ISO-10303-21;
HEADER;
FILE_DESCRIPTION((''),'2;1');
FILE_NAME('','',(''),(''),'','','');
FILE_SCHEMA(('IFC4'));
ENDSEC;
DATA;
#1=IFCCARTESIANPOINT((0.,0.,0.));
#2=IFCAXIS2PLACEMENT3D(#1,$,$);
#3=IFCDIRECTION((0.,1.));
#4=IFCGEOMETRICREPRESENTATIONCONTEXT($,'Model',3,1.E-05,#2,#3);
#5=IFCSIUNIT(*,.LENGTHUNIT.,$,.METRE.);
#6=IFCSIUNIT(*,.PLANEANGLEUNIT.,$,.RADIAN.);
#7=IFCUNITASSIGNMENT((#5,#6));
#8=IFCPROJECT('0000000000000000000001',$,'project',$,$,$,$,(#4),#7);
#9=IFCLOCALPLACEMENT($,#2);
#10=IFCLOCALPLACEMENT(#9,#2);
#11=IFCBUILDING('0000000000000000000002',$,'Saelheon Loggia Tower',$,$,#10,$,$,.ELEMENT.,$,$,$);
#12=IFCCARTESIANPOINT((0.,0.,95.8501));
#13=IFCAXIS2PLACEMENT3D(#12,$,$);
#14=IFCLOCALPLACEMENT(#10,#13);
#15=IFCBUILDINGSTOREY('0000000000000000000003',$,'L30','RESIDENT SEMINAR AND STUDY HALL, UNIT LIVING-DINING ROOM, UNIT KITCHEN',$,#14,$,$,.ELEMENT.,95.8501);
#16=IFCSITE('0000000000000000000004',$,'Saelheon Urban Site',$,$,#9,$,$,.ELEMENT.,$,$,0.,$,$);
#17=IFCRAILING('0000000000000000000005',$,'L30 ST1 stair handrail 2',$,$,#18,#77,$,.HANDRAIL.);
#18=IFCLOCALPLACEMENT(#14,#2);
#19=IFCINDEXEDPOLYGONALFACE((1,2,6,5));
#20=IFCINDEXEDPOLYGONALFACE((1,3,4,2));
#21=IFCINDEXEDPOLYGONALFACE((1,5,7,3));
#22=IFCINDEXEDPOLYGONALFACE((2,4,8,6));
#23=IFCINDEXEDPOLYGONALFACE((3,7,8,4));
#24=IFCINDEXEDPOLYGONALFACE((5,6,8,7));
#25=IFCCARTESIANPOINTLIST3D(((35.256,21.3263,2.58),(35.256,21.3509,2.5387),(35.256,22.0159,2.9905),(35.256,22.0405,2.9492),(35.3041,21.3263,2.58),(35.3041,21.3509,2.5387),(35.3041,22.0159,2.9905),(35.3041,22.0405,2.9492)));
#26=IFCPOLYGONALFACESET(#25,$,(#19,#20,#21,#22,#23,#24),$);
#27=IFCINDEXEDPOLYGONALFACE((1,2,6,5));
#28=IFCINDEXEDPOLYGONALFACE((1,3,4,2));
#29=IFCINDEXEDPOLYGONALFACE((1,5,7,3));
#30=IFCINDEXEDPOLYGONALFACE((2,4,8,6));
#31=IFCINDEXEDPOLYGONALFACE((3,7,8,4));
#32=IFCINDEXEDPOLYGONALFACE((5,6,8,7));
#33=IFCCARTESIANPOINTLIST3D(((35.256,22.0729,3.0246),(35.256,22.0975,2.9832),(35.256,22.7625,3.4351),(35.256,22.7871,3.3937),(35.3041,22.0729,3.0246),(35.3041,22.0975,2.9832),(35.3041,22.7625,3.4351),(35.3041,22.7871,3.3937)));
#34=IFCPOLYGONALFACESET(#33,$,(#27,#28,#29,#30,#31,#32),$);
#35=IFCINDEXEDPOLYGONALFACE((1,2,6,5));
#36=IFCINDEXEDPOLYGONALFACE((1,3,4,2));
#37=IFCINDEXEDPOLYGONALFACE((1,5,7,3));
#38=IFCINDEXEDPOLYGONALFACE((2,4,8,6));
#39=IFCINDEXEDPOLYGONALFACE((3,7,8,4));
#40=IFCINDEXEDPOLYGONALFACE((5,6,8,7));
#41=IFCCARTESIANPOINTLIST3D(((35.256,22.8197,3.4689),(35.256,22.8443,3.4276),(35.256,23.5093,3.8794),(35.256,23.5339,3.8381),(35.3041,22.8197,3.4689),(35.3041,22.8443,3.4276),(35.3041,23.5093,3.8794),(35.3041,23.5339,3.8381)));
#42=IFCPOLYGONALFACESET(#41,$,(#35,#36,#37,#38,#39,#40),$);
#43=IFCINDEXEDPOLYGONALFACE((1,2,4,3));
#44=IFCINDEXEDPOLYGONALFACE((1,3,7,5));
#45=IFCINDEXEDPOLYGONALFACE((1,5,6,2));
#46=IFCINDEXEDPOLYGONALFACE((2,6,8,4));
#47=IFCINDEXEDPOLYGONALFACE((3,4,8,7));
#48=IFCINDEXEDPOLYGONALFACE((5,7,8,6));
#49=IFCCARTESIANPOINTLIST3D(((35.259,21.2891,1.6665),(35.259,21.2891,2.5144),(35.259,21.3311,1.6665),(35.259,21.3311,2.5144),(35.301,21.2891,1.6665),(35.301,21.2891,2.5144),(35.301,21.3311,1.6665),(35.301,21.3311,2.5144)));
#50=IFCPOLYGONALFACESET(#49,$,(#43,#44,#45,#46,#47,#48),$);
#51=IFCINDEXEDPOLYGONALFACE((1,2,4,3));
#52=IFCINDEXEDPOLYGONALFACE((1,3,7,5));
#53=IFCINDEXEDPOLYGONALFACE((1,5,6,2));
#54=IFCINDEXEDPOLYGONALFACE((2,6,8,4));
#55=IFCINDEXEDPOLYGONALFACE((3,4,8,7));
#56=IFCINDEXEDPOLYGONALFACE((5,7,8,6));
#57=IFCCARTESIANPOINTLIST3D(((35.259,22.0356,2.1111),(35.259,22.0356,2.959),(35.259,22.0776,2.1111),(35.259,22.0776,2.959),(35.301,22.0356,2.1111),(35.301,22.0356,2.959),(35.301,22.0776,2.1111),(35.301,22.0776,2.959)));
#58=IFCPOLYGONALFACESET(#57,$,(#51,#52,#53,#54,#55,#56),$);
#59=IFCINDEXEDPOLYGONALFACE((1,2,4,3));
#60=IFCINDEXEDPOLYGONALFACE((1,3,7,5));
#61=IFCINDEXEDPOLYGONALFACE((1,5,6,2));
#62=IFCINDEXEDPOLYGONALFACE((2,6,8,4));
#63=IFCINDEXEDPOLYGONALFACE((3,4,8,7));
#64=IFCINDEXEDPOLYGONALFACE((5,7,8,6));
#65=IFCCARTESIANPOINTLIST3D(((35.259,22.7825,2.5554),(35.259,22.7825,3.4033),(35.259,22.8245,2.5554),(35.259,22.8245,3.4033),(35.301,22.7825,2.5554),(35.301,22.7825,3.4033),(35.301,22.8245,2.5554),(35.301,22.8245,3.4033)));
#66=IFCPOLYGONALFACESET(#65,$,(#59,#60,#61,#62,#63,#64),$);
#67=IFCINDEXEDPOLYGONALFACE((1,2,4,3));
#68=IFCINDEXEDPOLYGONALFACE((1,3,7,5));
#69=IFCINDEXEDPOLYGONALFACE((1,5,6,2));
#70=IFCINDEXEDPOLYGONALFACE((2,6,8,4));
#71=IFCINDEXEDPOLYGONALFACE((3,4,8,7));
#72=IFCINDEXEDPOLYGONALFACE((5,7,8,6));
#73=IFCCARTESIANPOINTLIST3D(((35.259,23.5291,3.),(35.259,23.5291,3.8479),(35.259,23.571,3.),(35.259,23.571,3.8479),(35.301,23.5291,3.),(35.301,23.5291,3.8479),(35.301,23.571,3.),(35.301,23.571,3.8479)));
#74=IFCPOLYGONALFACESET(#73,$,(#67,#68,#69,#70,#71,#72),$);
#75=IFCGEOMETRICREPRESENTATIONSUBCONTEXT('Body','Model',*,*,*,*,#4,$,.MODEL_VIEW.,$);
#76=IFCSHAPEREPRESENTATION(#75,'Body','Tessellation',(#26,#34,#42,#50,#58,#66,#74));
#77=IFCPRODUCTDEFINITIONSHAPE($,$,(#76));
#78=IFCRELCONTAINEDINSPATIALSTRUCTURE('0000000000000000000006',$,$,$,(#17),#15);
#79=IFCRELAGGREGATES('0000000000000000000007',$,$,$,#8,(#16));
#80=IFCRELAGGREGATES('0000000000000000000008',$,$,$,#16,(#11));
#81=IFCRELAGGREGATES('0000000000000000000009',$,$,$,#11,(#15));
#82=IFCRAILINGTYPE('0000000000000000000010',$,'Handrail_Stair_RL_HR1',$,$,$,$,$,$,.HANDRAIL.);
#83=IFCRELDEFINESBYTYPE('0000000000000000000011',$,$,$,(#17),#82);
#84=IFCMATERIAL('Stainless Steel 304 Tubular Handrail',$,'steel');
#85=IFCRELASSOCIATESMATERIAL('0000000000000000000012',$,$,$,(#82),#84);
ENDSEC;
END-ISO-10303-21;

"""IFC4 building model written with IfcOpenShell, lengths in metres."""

from ifc_helpers import new_model, si_unit, direction, frame, origin, origin_2d, place, context, subcontext, project, spatial, rectangle, extrude, material, type_object, element, save


model = new_model("IFC4")

# Units and contexts
model_context = context("Model", 3, precision=1e-05, world=origin(), true_north=direction((0.0, 1.0)))
body_context = subcontext(model_context, "Body", "Model", "MODEL_VIEW")
ifc_project = project(units=[si_unit("LENGTHUNIT", "METRE"), si_unit("PLANEANGLEUNIT", "RADIAN")], contexts=[model_context])

# Site, building, storey
site_placement = place(None, origin())
site = spatial("IfcSite", under=ifc_project, at=site_placement, Name="Saelheon Urban Site", CompositionType="ELEMENT", RefElevation=0.0)
building_placement = place(site_placement, origin())
building = spatial("IfcBuilding", under=site, at=building_placement, Name="Saelheon Loggia Tower", CompositionType="ELEMENT")
storey_placement = place(building_placement, frame((0.0, 0.0, 95.8501)))
storey = spatial("IfcBuildingStorey", under=building, at=storey_placement, Name="L30", Description="RESIDENT SEMINAR AND STUDY HALL, UNIT LIVING-DINING ROOM, UNIT KITCHEN", CompositionType="ELEMENT", Elevation=95.8501)

# Railing
ifc_material_1 = material(Name="Stainless Steel 304 Tubular Handrail", Category="steel")
railing_type_1 = type_object("IfcRailingType", Name="Handrail_Stair_RL_HR1", PredefinedType="HANDRAIL", material=ifc_material_1)
railing_1_placement = place(storey_placement, frame((35.28, 21.3101, 1.6665)))
element("IfcRailing", 1, at=railing_1_placement, inside=storey, type_object=railing_type_1, Name="L30 ST1 stair handrail 2", PredefinedType="HANDRAIL", context=body_context, shape_type="SweptSolid", body=[
    extrude(rectangle(XDim=0.0481, YDim=0.0481, at=origin_2d()), frame((0.0, 0.0286, 0.8928), z_axis=(0.0, 0.859264, 0.511532), x_axis=(-1.0, 0.0, 0.0)), (0.0, 0.0, 1.0), 0.8025),
    extrude(rectangle(XDim=0.0481, YDim=0.0481, at=origin_2d()), frame((0.0, 0.7751, 1.3374), z_axis=(0.0, 0.859264, 0.511532), x_axis=(-1.0, 0.0, 0.0)), (0.0, 0.0, 1.0), 0.8025),
    extrude(rectangle(XDim=0.0481, YDim=0.0481, at=origin_2d()), frame((0.0, 1.522, 1.7817), z_axis=(0.0, 0.859264, 0.511532), x_axis=(-1.0, 0.0, 0.0)), (0.0, 0.0, 1.0), 0.8025),
    extrude(rectangle(XDim=0.042, YDim=0.042, at=origin_2d()), origin(), (0.0, 0.0, 1.0), 0.8479),
    extrude(rectangle(XDim=0.042, YDim=0.042, at=origin_2d()), frame((0.0, 0.7466, 0.4446)), (0.0, 0.0, 1.0), 0.8479),
    extrude(rectangle(XDim=0.042, YDim=0.042, at=origin_2d()), frame((0.0, 1.4934, 0.8889)), (0.0, 0.0, 1.0), 0.8479),
    extrude(rectangle(XDim=0.042, YDim=0.042, at=origin_2d()), frame((0.0, 2.24, 1.3335)), (0.0, 0.0, 1.0), 0.8479),
])

save(model, "model.ifc")
